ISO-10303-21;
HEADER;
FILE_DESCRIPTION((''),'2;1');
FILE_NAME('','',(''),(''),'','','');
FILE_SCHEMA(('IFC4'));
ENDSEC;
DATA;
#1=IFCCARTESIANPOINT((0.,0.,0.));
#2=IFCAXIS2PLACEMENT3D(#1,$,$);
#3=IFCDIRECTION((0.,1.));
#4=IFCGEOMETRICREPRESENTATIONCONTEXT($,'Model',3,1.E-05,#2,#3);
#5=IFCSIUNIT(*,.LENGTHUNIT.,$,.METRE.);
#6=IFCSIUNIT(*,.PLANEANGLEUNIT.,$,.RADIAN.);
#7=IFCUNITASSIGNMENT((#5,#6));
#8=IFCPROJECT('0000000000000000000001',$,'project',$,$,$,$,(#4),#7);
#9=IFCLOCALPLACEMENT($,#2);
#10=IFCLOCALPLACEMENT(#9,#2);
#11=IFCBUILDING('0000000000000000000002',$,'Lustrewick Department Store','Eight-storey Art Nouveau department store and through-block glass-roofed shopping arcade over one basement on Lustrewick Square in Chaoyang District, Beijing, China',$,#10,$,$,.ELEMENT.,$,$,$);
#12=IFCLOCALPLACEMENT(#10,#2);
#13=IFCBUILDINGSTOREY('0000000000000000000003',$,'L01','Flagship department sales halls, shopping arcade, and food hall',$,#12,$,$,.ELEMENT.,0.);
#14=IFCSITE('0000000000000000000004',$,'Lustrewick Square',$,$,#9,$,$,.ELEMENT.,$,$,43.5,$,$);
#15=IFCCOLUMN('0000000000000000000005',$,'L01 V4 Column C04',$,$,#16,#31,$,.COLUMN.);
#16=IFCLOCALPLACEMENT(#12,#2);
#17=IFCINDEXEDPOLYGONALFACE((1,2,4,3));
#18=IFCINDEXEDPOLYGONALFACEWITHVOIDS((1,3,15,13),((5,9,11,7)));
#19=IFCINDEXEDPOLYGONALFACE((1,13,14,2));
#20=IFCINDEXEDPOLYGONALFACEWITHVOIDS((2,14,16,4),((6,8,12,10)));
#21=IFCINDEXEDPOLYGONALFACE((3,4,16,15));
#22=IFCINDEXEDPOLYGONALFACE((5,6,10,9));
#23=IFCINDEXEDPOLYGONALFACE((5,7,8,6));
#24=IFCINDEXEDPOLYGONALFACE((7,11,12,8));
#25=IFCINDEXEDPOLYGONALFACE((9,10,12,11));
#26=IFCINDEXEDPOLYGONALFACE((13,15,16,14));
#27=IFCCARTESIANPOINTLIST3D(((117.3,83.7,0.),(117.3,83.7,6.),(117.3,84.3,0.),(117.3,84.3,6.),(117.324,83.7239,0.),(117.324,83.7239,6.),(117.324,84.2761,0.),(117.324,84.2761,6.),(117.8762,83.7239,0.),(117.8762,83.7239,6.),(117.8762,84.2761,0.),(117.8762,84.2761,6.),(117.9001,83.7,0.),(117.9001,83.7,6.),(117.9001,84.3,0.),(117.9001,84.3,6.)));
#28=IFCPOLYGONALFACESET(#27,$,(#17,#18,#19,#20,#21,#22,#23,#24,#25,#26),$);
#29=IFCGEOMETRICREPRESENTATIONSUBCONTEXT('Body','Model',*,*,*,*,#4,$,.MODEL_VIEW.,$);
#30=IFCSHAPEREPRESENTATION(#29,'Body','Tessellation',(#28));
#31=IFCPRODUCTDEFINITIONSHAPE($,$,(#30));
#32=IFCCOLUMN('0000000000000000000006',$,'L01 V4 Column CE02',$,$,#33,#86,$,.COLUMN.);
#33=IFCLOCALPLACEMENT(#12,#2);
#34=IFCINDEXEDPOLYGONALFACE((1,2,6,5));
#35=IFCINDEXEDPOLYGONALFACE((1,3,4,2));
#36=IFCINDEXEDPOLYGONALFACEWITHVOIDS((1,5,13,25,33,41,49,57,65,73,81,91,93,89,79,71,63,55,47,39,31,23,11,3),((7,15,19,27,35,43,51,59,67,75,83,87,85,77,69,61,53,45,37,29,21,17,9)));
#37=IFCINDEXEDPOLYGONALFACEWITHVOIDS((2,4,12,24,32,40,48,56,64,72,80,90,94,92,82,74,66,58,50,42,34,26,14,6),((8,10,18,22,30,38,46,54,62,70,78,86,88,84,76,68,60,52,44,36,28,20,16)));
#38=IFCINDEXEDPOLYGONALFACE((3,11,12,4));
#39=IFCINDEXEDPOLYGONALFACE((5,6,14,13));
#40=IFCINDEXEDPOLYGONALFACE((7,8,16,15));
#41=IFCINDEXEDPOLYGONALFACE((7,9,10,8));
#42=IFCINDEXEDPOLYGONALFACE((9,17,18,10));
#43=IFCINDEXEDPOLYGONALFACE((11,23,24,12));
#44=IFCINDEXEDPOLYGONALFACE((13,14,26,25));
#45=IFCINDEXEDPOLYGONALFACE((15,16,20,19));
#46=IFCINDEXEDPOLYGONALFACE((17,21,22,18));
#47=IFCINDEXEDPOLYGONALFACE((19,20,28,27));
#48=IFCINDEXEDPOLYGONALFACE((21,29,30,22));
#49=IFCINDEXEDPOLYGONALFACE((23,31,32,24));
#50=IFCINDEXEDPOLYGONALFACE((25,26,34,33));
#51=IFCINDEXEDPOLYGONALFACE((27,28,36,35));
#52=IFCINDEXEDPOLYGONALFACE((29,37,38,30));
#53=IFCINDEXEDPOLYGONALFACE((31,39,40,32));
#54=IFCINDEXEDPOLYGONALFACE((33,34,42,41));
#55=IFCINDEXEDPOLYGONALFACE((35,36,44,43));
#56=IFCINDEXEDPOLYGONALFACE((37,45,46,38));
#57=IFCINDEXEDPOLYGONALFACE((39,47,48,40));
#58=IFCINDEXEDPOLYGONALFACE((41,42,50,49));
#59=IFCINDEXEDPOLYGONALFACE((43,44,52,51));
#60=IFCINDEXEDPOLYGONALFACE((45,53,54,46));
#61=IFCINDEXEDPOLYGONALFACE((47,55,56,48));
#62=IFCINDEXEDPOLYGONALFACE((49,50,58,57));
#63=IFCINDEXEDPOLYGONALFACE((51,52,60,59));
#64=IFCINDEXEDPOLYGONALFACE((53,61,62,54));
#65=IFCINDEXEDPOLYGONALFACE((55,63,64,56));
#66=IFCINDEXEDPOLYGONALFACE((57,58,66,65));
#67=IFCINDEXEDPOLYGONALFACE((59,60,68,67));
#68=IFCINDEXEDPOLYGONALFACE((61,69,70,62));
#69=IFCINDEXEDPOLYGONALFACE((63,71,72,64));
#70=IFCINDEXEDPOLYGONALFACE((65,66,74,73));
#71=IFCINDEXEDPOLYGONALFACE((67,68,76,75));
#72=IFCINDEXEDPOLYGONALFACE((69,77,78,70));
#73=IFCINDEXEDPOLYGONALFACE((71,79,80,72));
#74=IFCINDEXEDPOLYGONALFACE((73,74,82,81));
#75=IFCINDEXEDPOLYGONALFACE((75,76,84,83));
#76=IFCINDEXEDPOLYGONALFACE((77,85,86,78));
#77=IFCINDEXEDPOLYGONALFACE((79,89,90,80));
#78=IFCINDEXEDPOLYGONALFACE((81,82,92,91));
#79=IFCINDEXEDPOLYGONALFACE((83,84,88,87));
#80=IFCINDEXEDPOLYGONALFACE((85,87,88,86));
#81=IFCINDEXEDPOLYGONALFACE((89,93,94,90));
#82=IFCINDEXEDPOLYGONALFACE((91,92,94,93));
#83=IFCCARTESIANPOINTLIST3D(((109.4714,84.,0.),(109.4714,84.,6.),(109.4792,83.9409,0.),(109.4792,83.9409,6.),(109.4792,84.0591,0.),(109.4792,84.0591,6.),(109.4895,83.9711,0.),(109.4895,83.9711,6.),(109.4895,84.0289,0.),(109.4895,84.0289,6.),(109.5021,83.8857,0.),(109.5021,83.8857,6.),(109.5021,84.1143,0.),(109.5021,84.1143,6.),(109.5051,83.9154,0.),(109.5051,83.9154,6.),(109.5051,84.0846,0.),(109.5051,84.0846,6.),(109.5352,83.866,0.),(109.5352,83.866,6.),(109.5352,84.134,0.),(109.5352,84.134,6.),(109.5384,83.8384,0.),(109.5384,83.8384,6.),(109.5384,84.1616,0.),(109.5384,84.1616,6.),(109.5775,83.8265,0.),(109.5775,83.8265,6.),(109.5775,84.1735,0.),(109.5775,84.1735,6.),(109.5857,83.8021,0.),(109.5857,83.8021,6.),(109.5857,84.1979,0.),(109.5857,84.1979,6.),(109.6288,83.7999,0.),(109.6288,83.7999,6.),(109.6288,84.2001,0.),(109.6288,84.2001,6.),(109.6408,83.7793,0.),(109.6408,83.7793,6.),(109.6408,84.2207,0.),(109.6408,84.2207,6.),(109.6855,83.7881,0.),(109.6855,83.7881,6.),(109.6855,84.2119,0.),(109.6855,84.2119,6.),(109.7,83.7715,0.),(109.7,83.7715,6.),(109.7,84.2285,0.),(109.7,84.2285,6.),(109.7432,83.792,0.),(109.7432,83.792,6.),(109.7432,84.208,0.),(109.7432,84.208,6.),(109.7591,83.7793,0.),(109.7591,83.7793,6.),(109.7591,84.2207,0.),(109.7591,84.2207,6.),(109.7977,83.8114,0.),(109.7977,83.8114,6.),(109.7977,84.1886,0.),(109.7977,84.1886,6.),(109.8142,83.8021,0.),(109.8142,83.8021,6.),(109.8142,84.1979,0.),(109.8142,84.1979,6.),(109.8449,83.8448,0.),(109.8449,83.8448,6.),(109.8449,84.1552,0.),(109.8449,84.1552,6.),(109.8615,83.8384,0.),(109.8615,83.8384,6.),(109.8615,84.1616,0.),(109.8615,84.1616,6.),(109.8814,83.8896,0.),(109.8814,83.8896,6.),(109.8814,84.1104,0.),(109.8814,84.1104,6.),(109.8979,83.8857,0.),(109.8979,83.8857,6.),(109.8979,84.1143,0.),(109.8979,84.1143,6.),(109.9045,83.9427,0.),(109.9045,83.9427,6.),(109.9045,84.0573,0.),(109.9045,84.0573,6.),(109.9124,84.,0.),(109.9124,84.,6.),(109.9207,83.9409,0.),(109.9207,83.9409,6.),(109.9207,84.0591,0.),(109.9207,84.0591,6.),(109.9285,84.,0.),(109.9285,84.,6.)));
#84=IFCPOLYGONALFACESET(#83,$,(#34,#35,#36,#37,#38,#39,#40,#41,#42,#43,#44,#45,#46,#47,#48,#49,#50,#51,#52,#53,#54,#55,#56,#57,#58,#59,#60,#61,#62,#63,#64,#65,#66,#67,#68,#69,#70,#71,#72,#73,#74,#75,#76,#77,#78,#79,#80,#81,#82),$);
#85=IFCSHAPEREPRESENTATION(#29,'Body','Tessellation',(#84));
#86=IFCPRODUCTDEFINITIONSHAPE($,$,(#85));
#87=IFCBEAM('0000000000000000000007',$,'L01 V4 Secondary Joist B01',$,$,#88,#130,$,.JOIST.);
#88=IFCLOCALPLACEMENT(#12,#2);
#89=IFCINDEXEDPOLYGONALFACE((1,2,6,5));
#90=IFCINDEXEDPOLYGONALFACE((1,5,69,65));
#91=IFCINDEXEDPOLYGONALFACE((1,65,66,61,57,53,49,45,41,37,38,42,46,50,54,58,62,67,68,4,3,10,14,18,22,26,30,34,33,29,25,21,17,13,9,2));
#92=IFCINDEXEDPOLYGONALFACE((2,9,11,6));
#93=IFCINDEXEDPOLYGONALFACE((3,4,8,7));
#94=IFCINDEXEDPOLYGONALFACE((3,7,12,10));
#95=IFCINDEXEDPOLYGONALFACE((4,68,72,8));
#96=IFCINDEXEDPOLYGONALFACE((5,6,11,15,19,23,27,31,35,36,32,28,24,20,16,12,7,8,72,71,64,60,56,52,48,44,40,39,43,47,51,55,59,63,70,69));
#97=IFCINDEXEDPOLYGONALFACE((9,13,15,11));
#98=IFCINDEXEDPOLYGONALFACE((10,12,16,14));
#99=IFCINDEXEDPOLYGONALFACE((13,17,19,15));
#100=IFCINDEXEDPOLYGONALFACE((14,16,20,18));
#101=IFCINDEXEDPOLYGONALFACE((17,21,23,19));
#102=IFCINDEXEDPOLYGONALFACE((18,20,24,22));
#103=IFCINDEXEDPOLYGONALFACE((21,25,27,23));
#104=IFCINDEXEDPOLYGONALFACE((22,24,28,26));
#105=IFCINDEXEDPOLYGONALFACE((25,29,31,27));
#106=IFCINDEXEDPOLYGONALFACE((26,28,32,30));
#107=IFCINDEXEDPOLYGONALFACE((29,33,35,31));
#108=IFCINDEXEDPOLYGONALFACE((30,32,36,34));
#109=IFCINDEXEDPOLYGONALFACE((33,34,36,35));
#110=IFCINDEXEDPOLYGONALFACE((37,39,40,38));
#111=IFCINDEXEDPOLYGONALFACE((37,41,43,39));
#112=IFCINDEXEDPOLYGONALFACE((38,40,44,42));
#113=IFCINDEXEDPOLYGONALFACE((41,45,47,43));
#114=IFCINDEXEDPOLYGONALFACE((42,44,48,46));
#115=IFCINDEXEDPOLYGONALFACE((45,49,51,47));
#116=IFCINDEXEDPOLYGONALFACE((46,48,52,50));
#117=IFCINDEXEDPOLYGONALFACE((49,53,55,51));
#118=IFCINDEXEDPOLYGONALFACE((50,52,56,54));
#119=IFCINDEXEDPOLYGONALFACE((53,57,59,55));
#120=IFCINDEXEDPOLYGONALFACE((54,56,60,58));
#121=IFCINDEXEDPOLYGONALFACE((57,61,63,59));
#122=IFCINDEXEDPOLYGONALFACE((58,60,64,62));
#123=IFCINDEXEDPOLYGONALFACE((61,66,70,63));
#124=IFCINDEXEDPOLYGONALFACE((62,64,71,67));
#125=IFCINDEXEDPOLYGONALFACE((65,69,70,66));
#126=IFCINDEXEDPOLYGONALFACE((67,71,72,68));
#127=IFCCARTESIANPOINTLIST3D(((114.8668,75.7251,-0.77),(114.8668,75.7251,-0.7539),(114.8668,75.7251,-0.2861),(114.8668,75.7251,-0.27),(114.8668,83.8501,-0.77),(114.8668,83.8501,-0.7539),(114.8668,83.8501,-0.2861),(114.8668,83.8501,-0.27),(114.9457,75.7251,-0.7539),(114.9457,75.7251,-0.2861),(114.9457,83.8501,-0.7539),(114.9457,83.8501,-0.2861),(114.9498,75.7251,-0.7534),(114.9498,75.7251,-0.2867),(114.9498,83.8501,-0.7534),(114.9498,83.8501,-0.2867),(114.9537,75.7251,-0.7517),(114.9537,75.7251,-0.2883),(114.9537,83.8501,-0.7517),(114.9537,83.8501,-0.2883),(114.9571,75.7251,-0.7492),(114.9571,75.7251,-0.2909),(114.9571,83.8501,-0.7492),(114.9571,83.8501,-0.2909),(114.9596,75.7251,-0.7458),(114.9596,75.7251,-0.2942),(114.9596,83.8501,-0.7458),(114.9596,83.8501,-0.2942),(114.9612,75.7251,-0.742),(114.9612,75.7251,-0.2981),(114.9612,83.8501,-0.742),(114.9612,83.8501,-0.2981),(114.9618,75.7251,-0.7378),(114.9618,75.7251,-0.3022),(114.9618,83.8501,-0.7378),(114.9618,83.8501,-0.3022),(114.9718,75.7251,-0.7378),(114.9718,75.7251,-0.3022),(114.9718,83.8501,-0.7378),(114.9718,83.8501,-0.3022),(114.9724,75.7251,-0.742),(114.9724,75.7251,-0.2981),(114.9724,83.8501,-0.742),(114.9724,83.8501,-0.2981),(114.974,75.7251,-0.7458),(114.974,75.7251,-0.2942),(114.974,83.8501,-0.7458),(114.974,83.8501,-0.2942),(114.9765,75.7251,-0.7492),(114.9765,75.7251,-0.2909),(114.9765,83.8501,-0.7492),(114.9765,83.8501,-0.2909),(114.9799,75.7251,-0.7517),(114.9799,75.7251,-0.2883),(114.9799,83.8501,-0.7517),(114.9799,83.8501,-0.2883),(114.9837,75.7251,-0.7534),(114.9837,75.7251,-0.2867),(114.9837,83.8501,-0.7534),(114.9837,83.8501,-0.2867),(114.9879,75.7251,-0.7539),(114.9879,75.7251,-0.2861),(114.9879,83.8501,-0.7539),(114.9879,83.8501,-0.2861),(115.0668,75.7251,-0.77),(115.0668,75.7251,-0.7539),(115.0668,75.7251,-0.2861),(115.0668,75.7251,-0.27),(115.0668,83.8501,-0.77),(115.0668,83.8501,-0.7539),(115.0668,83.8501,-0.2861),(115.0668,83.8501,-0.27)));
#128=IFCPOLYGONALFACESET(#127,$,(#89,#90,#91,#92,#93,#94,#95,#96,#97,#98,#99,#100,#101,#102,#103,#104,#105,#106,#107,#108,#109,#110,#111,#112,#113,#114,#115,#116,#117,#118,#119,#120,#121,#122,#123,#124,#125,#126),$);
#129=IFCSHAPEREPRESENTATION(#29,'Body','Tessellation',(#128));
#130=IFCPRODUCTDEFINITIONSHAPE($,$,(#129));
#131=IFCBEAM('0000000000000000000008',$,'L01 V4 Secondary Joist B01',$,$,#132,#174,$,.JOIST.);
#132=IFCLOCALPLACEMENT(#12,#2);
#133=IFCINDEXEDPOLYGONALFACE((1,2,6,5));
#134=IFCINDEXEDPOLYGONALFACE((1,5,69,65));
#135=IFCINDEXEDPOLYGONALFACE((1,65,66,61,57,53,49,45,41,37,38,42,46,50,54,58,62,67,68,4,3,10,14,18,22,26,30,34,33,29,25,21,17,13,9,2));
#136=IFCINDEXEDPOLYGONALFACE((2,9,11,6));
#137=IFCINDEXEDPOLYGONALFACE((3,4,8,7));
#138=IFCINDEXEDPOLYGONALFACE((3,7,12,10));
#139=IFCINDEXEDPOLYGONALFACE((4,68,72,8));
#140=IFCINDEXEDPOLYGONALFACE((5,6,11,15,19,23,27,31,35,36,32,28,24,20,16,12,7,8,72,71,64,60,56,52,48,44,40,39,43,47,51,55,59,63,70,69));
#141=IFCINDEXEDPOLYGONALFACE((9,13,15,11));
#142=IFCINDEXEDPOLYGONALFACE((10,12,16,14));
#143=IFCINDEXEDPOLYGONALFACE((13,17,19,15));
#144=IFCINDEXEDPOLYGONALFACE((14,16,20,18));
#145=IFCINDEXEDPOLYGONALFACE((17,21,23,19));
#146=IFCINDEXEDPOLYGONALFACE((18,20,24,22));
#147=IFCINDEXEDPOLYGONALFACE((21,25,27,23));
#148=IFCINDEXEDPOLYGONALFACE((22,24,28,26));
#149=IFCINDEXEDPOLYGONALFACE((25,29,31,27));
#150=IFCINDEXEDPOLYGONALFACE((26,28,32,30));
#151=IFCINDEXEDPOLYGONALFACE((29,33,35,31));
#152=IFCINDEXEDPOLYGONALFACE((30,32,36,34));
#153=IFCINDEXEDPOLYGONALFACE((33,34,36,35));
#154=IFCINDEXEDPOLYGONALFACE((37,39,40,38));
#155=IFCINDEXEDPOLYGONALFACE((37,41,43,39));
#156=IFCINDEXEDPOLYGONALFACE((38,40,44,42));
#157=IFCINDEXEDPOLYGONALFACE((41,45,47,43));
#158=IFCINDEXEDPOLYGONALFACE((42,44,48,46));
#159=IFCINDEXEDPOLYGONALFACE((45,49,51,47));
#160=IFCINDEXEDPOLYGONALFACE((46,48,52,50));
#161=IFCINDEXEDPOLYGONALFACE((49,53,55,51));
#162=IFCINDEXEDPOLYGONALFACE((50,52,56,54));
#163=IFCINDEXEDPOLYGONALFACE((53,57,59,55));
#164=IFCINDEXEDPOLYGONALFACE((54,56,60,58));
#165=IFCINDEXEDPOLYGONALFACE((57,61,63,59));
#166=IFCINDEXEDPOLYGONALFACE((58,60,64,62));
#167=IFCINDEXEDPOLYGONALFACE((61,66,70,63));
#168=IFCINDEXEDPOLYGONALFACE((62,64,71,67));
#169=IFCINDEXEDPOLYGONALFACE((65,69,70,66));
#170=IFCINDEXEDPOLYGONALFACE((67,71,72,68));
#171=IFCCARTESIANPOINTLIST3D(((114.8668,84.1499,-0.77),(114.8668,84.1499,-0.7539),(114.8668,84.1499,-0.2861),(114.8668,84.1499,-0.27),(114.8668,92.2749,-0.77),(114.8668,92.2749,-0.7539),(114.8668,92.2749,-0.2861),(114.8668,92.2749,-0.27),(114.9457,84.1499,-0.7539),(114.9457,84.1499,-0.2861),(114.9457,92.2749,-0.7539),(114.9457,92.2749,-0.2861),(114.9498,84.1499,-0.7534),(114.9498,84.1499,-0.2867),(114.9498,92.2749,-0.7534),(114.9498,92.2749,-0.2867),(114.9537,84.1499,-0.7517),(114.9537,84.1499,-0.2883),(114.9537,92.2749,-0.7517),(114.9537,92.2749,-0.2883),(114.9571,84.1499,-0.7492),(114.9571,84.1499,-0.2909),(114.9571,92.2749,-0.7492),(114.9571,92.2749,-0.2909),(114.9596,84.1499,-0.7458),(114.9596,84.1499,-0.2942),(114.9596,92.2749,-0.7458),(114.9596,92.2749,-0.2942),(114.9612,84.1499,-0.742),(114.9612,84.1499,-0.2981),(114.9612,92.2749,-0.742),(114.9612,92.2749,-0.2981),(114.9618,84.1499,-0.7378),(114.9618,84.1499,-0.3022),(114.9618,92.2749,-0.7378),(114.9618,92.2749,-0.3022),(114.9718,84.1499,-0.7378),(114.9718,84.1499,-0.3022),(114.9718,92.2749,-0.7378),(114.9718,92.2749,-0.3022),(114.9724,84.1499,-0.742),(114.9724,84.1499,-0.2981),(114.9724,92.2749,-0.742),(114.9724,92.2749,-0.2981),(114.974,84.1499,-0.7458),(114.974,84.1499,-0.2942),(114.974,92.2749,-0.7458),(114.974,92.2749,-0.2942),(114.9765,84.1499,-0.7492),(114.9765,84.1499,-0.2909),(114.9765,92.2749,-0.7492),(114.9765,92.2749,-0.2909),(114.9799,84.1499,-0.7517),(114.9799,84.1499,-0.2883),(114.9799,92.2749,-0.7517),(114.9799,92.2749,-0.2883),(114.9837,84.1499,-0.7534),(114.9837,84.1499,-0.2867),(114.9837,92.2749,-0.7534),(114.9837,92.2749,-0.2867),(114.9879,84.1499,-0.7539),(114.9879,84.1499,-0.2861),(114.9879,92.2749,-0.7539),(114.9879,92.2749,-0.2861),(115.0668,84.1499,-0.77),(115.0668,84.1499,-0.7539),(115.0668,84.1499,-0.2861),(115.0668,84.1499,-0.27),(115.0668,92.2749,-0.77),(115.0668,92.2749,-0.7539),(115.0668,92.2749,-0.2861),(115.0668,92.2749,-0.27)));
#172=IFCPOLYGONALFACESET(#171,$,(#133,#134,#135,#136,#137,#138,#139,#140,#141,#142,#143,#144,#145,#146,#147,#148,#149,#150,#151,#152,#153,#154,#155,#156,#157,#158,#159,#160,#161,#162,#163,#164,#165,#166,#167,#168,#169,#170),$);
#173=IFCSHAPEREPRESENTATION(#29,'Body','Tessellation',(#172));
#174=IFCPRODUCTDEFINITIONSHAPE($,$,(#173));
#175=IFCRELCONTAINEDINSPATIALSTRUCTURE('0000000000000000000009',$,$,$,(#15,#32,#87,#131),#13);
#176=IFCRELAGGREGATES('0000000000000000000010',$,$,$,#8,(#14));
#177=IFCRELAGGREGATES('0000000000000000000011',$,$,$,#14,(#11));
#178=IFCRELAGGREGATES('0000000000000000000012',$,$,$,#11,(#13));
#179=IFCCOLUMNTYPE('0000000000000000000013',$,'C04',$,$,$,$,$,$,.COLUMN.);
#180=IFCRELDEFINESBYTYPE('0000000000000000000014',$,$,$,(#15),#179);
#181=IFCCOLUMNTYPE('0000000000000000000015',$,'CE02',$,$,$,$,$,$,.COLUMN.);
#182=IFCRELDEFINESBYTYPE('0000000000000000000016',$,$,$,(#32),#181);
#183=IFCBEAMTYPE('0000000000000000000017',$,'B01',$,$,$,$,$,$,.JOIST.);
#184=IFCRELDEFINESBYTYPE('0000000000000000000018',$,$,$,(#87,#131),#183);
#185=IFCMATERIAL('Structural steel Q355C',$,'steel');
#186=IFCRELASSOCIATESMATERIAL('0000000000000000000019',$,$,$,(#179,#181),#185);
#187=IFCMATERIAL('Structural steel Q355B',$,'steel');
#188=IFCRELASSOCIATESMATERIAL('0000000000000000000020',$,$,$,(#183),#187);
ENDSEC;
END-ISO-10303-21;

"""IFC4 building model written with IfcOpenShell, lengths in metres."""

from ifc_helpers import new_model, si_unit, direction, frame, origin, origin_2d, place, context, subcontext, project, spatial, hollow_rectangle, hollow_circle, i_section, extrude, material, material_profile, profile_set, type_object, element, save


model = new_model("IFC4")

# Units and contexts
model_context = context("Model", 3, precision=1e-05, world=origin(), true_north=direction((0.0, 1.0)))
body_context = subcontext(model_context, "Body", "Model", "MODEL_VIEW")
ifc_project = project(units=[si_unit("LENGTHUNIT", "METRE"), si_unit("PLANEANGLEUNIT", "RADIAN")], contexts=[model_context])

# Site, building, storey
site_placement = place(None, origin())
site = spatial("IfcSite", under=ifc_project, at=site_placement, Name="Lustrewick Square", CompositionType="ELEMENT", RefElevation=43.5)
building_placement = place(site_placement, origin())
building = spatial("IfcBuilding", under=site, at=building_placement, Name="Lustrewick Department Store", Description="Eight-storey Art Nouveau department store and through-block glass-roofed shopping arcade over one basement on Lustrewick Square in Chaoyang District, Beijing, China", CompositionType="ELEMENT")
storey_placement = place(building_placement, origin())
storey = spatial("IfcBuildingStorey", under=building, at=storey_placement, Name="L01", Description="Flagship department sales halls, shopping arcade, and food hall", CompositionType="ELEMENT", Elevation=0.0)

# Columns
ifc_material_1 = material(Name="Structural steel Q355C", Category="steel")
ifc_material_profile_1 = material_profile(ifc_material_1, hollow_rectangle(XDim=0.6001, YDim=0.6001, WallThickness=0.0239, at=origin_2d()), Name="BOX 600x600x24")
ifc_profile_set_1 = profile_set([ifc_material_profile_1], Name="Structural steel Q355C")
column_type_1 = type_object("IfcColumnType", Name="C04", PredefinedType="COLUMN", material=ifc_profile_set_1)
column_1_placement = place(storey_placement, frame((117.6001, 84.0, 0.0), z_axis=(0.0, 0.0, 1.0), x_axis=(1.0, 0.0, 0.0)))
element("IfcColumn", 1, at=column_1_placement, inside=storey, type_object=column_type_1, Name="L01 V4 Column C04", PredefinedType="COLUMN", context=body_context, shape_type="SweptSolid", body=[
    extrude(hollow_rectangle(XDim=0.6001, YDim=0.6001, WallThickness=0.0239, at=origin_2d()), origin(), (0.0, 0.0, 1.0), 6.0),
])
ifc_material_profile_2 = material_profile(ifc_material_1, hollow_circle(Radius=0.2285, WallThickness=0.0161, at=origin_2d()), Name="CHS 457x16")
ifc_profile_set_2 = profile_set([ifc_material_profile_2], Name="Structural steel Q355C")
column_type_2 = type_object("IfcColumnType", Name="CE02", PredefinedType="COLUMN", material=ifc_profile_set_2)
column_2_placement = place(storey_placement, frame((109.7, 84.0, 0.0), z_axis=(0.0, 0.0, 1.0), x_axis=(1.0, 0.0, 0.0)))
element("IfcColumn", 2, at=column_2_placement, inside=storey, type_object=column_type_2, Name="L01 V4 Column CE02", PredefinedType="COLUMN", context=body_context, shape_type="SweptSolid", body=[
    extrude(hollow_circle(Radius=0.2285, WallThickness=0.0161, at=origin_2d()), origin(), (0.0, 0.0, 1.0), 6.0),
])

# Beams
ifc_material_2 = material(Name="Structural steel Q355B", Category="steel")
ifc_material_profile_3 = material_profile(ifc_material_2, i_section(OverallWidth=0.2, OverallDepth=0.5, WebThickness=0.01, FlangeThickness=0.0161, FilletRadius=0.0161, at=origin_2d()), Name="HN 500x200x10x16")
ifc_profile_set_3 = profile_set([ifc_material_profile_3], Name="Structural steel Q355B")
beam_type_1 = type_object("IfcBeamType", Name="B01", PredefinedType="JOIST", material=ifc_profile_set_3)
for number, where, z_axis, x_axis, name in (
    (3, (114.9668, 75.7251, -0.52), (0.0, 1.0, 0.0), (-1.0, 0.0, 0.0), "L01 V4 Secondary Joist B01"),
    (4, (114.9668, 84.1499, -0.52), (0.0, 1.0, 0.0), (-1.0, 0.0, 0.0), "L01 V4 Secondary Joist B01"),
):
    element("IfcBeam", number, at=place(storey_placement, frame(where, z_axis=z_axis, x_axis=x_axis)), inside=storey, type_object=beam_type_1, Name=name, PredefinedType="JOIST", context=body_context, shape_type="SweptSolid", body=[
        extrude(i_section(OverallWidth=0.2, OverallDepth=0.5, WebThickness=0.01, FlangeThickness=0.0161, FilletRadius=0.0161, at=origin_2d()), origin(), (0.0, 0.0, 1.0), 8.125),
    ])

save(model, "model.ifc")
